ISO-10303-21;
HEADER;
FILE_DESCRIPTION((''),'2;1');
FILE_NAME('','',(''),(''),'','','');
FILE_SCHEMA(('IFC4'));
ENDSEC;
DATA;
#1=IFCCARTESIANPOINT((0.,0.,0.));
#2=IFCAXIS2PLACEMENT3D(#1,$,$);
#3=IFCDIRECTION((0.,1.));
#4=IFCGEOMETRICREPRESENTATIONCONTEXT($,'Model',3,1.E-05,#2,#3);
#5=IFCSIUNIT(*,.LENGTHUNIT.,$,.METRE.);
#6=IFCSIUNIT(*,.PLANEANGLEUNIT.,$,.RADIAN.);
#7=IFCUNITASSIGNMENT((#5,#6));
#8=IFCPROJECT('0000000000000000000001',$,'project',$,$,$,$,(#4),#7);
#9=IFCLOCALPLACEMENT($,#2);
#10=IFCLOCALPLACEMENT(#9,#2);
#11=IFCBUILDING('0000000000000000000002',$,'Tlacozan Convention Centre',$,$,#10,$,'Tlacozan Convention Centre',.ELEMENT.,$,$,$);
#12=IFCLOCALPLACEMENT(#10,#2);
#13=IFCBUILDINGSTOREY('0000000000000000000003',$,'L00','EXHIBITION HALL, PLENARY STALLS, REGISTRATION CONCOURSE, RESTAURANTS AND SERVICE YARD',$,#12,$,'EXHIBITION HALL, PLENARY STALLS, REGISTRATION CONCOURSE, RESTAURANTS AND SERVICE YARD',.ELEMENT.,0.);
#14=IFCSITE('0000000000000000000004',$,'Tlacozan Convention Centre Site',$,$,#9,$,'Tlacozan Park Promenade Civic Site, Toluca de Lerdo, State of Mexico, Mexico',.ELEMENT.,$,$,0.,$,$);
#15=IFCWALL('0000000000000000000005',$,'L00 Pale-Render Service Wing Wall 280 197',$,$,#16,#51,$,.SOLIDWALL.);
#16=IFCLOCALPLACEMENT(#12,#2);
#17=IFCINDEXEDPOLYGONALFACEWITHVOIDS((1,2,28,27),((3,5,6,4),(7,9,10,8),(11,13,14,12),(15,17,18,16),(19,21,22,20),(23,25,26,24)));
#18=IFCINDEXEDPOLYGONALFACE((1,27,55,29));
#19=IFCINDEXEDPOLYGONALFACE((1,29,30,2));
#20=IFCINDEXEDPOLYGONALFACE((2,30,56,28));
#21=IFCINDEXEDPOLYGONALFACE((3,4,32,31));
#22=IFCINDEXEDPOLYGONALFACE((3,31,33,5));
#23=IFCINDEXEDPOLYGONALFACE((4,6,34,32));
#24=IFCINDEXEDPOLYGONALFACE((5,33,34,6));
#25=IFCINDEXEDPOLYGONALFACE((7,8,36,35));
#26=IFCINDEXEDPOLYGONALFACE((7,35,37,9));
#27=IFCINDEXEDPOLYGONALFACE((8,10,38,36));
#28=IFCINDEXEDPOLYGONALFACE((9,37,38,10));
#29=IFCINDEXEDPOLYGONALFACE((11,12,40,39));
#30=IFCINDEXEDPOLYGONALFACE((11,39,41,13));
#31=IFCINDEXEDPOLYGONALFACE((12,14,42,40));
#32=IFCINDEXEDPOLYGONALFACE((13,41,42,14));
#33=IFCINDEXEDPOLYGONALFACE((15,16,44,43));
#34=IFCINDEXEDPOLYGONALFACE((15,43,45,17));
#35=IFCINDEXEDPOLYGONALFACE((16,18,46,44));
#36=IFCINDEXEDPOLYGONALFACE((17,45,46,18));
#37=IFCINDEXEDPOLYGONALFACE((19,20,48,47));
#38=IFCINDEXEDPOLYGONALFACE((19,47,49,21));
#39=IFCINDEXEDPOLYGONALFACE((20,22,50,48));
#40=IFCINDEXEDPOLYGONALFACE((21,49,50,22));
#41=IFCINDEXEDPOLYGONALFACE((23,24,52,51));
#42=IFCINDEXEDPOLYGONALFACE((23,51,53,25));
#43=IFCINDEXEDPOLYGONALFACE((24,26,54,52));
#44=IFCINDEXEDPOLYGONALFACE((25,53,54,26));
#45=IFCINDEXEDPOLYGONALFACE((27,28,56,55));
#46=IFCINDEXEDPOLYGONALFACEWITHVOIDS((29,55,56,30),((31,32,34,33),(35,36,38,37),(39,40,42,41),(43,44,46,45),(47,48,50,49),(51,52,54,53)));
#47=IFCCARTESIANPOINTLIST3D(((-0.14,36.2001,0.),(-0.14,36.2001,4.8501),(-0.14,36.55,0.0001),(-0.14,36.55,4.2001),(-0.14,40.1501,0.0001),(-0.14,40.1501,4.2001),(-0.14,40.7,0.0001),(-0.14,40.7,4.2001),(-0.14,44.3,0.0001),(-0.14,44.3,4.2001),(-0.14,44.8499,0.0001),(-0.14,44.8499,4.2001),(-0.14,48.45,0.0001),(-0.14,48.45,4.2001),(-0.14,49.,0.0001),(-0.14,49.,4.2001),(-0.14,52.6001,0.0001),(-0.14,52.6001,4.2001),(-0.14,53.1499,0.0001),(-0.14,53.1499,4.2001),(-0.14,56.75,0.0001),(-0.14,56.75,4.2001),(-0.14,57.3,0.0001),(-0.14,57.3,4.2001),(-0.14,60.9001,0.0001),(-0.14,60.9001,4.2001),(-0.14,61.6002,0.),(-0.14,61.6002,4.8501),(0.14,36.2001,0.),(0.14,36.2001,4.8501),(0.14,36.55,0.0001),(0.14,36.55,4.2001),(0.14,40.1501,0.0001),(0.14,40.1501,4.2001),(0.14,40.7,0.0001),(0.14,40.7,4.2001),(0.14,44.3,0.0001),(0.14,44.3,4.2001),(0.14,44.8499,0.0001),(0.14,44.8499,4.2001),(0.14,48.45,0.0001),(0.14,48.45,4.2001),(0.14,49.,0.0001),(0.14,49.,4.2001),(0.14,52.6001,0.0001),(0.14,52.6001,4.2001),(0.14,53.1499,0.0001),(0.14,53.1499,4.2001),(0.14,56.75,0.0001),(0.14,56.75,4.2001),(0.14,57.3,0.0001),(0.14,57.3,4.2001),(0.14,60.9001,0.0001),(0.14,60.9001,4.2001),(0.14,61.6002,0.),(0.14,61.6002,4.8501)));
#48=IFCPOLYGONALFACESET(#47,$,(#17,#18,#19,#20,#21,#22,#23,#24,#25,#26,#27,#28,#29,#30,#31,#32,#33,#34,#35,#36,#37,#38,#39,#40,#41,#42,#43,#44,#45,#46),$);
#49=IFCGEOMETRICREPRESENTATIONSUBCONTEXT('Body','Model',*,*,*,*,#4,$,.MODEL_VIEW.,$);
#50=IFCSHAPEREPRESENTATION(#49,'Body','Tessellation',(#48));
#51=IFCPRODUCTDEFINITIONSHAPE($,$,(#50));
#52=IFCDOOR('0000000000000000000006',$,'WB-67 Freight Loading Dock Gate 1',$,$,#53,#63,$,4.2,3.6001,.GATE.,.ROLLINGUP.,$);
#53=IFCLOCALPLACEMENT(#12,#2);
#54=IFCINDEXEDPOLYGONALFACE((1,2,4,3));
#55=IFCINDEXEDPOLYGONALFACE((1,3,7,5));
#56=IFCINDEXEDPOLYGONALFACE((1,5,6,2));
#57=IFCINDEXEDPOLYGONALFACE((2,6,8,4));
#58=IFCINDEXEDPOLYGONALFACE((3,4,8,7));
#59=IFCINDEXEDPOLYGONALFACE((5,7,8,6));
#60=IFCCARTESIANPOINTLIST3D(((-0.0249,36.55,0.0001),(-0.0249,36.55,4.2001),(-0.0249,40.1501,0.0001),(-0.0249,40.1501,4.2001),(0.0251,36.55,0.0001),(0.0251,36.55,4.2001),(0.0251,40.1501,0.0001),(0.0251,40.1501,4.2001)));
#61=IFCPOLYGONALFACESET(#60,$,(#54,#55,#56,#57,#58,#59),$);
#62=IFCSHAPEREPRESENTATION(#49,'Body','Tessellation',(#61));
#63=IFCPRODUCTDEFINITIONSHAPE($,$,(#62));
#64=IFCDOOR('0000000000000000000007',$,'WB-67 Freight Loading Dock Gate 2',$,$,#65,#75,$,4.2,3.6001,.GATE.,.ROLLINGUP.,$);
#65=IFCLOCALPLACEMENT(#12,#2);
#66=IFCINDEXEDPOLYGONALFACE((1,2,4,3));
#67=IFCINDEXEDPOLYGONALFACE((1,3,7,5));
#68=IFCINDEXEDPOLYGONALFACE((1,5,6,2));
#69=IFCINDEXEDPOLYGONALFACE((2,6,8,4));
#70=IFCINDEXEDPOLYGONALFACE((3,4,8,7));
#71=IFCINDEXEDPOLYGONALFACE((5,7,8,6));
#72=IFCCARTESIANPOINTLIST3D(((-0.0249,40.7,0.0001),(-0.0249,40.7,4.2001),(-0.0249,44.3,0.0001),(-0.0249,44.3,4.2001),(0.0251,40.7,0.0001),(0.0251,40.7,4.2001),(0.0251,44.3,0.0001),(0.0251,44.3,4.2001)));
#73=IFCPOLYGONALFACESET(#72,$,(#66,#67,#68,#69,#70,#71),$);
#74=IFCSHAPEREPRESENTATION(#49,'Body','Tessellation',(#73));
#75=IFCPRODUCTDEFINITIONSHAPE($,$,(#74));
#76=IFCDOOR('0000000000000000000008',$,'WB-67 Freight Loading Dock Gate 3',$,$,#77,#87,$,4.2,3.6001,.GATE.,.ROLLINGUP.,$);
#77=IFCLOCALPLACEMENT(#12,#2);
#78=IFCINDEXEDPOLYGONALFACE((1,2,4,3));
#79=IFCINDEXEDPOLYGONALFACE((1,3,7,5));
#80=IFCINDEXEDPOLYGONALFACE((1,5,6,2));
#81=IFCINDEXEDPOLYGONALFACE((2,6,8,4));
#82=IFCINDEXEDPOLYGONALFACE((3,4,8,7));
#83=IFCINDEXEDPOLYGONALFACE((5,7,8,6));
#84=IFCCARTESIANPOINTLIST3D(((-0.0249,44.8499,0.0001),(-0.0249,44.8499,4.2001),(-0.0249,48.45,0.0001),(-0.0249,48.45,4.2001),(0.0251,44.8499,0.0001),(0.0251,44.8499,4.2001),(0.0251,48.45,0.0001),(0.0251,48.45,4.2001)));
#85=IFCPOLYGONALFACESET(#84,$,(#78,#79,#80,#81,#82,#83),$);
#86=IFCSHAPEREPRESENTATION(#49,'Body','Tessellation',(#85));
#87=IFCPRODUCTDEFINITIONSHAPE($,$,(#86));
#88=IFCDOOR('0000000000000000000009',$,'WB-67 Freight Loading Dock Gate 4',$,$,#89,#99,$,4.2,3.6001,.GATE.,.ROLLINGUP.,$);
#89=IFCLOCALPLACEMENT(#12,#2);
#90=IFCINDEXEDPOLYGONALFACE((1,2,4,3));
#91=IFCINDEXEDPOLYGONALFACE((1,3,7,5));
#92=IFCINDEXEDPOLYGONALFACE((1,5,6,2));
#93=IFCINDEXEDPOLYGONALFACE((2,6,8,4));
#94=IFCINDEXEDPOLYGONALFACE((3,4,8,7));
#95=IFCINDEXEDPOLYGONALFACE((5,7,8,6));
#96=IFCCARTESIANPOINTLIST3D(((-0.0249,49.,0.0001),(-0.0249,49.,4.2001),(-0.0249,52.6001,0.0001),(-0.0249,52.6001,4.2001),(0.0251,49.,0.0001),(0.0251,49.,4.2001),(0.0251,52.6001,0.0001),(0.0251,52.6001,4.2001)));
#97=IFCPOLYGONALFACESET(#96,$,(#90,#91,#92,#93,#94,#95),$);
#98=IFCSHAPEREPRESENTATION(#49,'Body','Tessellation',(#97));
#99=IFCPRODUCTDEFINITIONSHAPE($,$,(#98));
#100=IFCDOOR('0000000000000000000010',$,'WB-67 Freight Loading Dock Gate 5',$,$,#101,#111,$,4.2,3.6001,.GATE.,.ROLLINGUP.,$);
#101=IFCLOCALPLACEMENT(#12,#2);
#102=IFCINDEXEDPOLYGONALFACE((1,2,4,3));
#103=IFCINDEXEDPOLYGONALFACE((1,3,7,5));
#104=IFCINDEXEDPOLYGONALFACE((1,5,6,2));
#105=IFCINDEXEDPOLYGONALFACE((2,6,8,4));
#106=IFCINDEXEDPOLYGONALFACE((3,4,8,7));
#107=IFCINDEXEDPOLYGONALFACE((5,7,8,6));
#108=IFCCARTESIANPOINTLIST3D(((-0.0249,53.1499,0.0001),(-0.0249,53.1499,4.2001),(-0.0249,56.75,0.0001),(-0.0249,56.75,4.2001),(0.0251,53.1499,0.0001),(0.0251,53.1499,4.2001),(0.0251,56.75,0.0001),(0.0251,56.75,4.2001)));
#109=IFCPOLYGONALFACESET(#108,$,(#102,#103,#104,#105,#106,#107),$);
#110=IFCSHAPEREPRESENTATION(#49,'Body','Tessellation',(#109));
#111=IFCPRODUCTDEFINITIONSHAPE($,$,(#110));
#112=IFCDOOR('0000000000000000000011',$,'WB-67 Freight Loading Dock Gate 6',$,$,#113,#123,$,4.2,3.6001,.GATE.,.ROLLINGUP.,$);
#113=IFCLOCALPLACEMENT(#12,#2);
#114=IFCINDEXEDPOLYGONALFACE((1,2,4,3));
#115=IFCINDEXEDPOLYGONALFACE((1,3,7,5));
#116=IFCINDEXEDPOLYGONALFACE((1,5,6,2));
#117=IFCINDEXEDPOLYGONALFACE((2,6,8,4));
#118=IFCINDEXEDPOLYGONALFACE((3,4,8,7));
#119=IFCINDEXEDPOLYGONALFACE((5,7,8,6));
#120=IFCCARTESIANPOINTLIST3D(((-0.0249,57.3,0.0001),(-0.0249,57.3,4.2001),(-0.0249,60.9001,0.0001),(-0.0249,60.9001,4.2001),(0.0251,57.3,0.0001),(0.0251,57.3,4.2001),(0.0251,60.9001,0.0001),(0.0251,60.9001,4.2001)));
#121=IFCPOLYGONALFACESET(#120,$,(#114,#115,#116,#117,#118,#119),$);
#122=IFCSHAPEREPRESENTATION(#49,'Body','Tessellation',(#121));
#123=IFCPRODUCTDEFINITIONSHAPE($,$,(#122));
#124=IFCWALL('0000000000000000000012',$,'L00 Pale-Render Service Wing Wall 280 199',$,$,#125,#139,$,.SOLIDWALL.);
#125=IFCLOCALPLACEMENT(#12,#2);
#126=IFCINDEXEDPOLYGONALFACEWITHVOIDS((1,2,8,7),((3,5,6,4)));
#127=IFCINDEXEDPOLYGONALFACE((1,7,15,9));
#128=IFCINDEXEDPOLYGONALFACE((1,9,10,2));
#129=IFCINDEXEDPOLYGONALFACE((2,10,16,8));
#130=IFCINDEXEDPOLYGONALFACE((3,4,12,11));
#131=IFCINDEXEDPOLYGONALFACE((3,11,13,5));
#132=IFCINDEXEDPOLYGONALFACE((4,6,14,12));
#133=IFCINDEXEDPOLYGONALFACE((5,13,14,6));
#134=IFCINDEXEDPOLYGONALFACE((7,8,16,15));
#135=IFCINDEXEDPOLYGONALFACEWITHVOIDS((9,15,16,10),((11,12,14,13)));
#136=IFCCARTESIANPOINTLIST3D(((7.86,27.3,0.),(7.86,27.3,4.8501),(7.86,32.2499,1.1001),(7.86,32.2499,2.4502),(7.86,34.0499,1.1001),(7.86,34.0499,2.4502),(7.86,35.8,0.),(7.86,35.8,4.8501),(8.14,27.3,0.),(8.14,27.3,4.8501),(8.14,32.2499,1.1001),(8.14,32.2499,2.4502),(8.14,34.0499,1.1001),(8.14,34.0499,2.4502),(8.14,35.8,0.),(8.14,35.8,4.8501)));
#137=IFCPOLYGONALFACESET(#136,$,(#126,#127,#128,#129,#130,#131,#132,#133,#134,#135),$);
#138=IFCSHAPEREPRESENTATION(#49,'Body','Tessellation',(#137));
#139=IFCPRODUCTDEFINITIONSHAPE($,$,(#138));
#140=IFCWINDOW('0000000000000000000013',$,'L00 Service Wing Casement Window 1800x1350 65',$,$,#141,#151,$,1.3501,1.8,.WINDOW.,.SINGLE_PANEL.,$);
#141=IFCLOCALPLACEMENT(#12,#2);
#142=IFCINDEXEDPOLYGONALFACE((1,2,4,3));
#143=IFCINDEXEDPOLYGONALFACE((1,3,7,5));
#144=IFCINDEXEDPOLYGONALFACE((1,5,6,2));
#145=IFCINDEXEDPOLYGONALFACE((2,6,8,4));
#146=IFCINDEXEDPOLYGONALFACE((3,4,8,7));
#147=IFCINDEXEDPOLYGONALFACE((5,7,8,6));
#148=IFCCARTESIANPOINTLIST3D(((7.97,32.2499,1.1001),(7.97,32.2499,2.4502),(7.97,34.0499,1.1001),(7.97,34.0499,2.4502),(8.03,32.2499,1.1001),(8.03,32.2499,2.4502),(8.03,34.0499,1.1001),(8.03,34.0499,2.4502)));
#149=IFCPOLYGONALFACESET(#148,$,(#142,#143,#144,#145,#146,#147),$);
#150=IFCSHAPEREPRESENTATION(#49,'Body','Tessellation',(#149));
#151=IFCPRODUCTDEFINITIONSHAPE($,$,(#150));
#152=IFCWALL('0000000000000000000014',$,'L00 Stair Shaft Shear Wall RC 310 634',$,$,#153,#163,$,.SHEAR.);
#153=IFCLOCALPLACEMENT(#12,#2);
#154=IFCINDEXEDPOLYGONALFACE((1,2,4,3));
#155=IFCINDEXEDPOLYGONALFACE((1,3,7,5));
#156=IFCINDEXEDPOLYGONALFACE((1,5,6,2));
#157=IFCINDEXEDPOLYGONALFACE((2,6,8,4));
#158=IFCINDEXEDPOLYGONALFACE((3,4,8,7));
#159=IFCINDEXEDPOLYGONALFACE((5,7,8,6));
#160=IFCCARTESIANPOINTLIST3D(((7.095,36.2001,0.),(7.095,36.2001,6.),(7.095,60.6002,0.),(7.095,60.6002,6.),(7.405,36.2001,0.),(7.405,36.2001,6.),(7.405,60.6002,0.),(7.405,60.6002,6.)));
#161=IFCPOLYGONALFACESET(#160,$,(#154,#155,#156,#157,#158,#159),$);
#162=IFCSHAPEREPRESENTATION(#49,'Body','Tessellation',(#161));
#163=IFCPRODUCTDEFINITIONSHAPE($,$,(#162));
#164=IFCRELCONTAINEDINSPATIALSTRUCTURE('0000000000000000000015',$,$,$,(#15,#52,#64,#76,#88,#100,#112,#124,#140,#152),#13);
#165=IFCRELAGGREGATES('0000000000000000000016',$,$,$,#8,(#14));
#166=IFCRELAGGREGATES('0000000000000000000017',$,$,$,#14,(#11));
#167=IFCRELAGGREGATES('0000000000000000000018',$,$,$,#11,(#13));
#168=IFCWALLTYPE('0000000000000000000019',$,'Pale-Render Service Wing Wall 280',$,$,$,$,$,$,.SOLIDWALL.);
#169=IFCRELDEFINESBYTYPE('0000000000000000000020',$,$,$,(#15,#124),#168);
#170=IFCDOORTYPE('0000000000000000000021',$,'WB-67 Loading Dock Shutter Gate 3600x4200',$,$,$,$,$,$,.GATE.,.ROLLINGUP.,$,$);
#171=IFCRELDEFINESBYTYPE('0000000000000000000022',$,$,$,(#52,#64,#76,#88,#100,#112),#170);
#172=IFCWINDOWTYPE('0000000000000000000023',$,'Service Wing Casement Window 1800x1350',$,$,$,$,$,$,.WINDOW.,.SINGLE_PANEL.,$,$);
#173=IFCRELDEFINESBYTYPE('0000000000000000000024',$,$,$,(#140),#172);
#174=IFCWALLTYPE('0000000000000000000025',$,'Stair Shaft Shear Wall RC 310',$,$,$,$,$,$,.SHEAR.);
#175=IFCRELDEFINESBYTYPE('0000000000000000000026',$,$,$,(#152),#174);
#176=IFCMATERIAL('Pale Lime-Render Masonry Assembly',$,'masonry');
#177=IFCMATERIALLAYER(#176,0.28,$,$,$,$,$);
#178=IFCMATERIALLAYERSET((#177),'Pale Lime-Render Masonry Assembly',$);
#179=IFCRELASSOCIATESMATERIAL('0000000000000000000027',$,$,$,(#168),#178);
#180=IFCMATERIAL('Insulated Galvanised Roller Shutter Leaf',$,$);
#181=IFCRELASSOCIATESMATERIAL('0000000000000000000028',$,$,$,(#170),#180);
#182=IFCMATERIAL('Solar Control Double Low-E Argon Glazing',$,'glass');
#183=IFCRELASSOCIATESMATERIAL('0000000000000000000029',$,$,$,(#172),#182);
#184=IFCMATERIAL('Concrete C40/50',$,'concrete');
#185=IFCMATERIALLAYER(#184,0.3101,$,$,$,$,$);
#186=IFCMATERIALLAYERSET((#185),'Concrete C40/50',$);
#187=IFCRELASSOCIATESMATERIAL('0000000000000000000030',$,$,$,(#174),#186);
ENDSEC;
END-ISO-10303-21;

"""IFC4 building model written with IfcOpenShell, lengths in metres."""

from ifc_helpers import new_model, si_unit, direction, frame, frame_2d, origin, place, context, subcontext, project, spatial, rectangle, extrude, material, layer, layer_set, type_object, element, fill, save


model = new_model("IFC4")

# Units and contexts
model_context = context("Model", 3, precision=1e-05, world=origin(), true_north=direction((0.0, 1.0)))
body_context = subcontext(model_context, "Body", "Model", "MODEL_VIEW")
ifc_project = project(units=[si_unit("LENGTHUNIT", "METRE"), si_unit("PLANEANGLEUNIT", "RADIAN")], contexts=[model_context])

# Site, building, storey
site_placement = place(None, origin())
site = spatial("IfcSite", under=ifc_project, at=site_placement, Name="Tlacozan Convention Centre Site", LongName="Tlacozan Park Promenade Civic Site, Toluca de Lerdo, State of Mexico, Mexico", CompositionType="ELEMENT", RefElevation=0.0)
building_placement = place(site_placement, origin())
building = spatial("IfcBuilding", under=site, at=building_placement, Name="Tlacozan Convention Centre", LongName="Tlacozan Convention Centre", CompositionType="ELEMENT")
storey_placement = place(building_placement, origin())
storey = spatial("IfcBuildingStorey", under=building, at=storey_placement, Name="L00", Description="EXHIBITION HALL, PLENARY STALLS, REGISTRATION CONCOURSE, RESTAURANTS AND SERVICE YARD", LongName="EXHIBITION HALL, PLENARY STALLS, REGISTRATION CONCOURSE, RESTAURANTS AND SERVICE YARD", CompositionType="ELEMENT", Elevation=0.0)

# Shared definitions
ifc_material_1 = material(Name="Pale Lime-Render Masonry Assembly", Category="masonry")
ifc_layer_1 = layer(ifc_material_1, 0.28)
ifc_layer_set_1 = layer_set([ifc_layer_1], Name="Pale Lime-Render Masonry Assembly")
wall_type_1 = type_object("IfcWallType", Name="Pale-Render Service Wing Wall 280", PredefinedType="SOLIDWALL", material=ifc_layer_set_1)
ifc_material_2 = material(Name="Insulated Galvanised Roller Shutter Leaf")

# Wall, openings, doors
wall_1_placement = place(storey_placement, frame((0.0, 36.2, 0.0), z_axis=(0.0, 0.0, 1.0), x_axis=(0.0, 1.0, 0.0)))
wall_1 = element("IfcWall", 1, at=wall_1_placement, inside=storey, type_object=wall_type_1, Name="L00 Pale-Render Service Wing Wall 280 197", PredefinedType="SOLIDWALL", context=body_context, shape_type="SweptSolid", body=[
    extrude(rectangle(XDim=25.4001, YDim=0.28, at=frame_2d((12.7002, 0.0))), origin(), (0.0, 0.0, 1.0), 4.8501),
])
opening_1_placement = place(wall_1_placement, frame((0.3501, 0.0, 0.0)))
opening_1 = element("IfcOpeningElement", 2, at=opening_1_placement, cuts=wall_1, PredefinedType="OPENING", context=body_context, shape_type="SweptSolid", body=[
    extrude(rectangle(XDim=3.6001, YDim=4.2, at=frame_2d((1.8, 2.1001))), frame((0.0, 0.1499, 0.0), z_axis=(0.0, -1.0, 0.0), x_axis=(1.0, 0.0, 0.0)), (0.0, 0.0, 1.0), 0.3),
])
opening_2_placement = place(wall_1_placement, frame((4.5, 0.0, 0.0)))
opening_2 = element("IfcOpeningElement", 3, at=opening_2_placement, cuts=wall_1, PredefinedType="OPENING", context=body_context, shape_type="SweptSolid", body=[
    extrude(rectangle(XDim=3.6001, YDim=4.2, at=frame_2d((1.8, 2.1001))), frame((0.0, 0.1499, 0.0), z_axis=(0.0, -1.0, 0.0), x_axis=(1.0, 0.0, 0.0)), (0.0, 0.0, 1.0), 0.3),
])
opening_3_placement = place(wall_1_placement, frame((8.6499, 0.0, 0.0)))
opening_3 = element("IfcOpeningElement", 4, at=opening_3_placement, cuts=wall_1, PredefinedType="OPENING", context=body_context, shape_type="SweptSolid", body=[
    extrude(rectangle(XDim=3.6001, YDim=4.2, at=frame_2d((1.8, 2.1001))), frame((0.0, 0.1499, 0.0), z_axis=(0.0, -1.0, 0.0), x_axis=(1.0, 0.0, 0.0)), (0.0, 0.0, 1.0), 0.3),
])
opening_4_placement = place(wall_1_placement, frame((12.8, 0.0, 0.0)))
opening_4 = element("IfcOpeningElement", 5, at=opening_4_placement, cuts=wall_1, PredefinedType="OPENING", context=body_context, shape_type="SweptSolid", body=[
    extrude(rectangle(XDim=3.6001, YDim=4.2, at=frame_2d((1.8, 2.1001))), frame((0.0, 0.1499, 0.0), z_axis=(0.0, -1.0, 0.0), x_axis=(1.0, 0.0, 0.0)), (0.0, 0.0, 1.0), 0.3),
])
opening_5_placement = place(wall_1_placement, frame((16.95, 0.0, 0.0)))
opening_5 = element("IfcOpeningElement", 6, at=opening_5_placement, cuts=wall_1, PredefinedType="OPENING", context=body_context, shape_type="SweptSolid", body=[
    extrude(rectangle(XDim=3.6001, YDim=4.2, at=frame_2d((1.8, 2.1001))), frame((0.0, 0.1499, 0.0), z_axis=(0.0, -1.0, 0.0), x_axis=(1.0, 0.0, 0.0)), (0.0, 0.0, 1.0), 0.3),
])
opening_6_placement = place(wall_1_placement, frame((21.1001, 0.0, 0.0)))
opening_6 = element("IfcOpeningElement", 7, at=opening_6_placement, cuts=wall_1, PredefinedType="OPENING", context=body_context, shape_type="SweptSolid", body=[
    extrude(rectangle(XDim=3.6001, YDim=4.2, at=frame_2d((1.8, 2.1001))), frame((0.0, 0.1499, 0.0), z_axis=(0.0, -1.0, 0.0), x_axis=(1.0, 0.0, 0.0)), (0.0, 0.0, 1.0), 0.3),
])
door_type_1 = type_object("IfcDoorType", Name="WB-67 Loading Dock Shutter Gate 3600x4200", OperationType="ROLLINGUP", PredefinedType="GATE", material=ifc_material_2)
door_1_placement = place(opening_1_placement, origin())
door_1 = element("IfcDoor", 8, at=door_1_placement, inside=storey, type_object=door_type_1, Name="WB-67 Freight Loading Dock Gate 1", OperationType="ROLLINGUP", OverallHeight=4.2, OverallWidth=3.6001, PredefinedType="GATE", context=body_context, shape_type="SweptSolid", body=[
    extrude(rectangle(XDim=3.6001, YDim=4.2, at=frame_2d((1.8, 2.1001))), frame((0.0, 0.0249, 0.0), z_axis=(0.0, -1.0, 0.0), x_axis=(1.0, 0.0, 0.0)), (0.0, 0.0, 1.0), 0.05),
])
fill(opening_1, door_1)
door_2_placement = place(opening_2_placement, origin())
door_2 = element("IfcDoor", 9, at=door_2_placement, inside=storey, type_object=door_type_1, Name="WB-67 Freight Loading Dock Gate 2", OperationType="ROLLINGUP", OverallHeight=4.2, OverallWidth=3.6001, PredefinedType="GATE", context=body_context, shape_type="SweptSolid", body=[
    extrude(rectangle(XDim=3.6001, YDim=4.2, at=frame_2d((1.8, 2.1001))), frame((0.0, 0.0249, 0.0), z_axis=(0.0, -1.0, 0.0), x_axis=(1.0, 0.0, 0.0)), (0.0, 0.0, 1.0), 0.05),
])
fill(opening_2, door_2)
door_3_placement = place(opening_3_placement, origin())
door_3 = element("IfcDoor", 10, at=door_3_placement, inside=storey, type_object=door_type_1, Name="WB-67 Freight Loading Dock Gate 3", OperationType="ROLLINGUP", OverallHeight=4.2, OverallWidth=3.6001, PredefinedType="GATE", context=body_context, shape_type="SweptSolid", body=[
    extrude(rectangle(XDim=3.6001, YDim=4.2, at=frame_2d((1.8, 2.1001))), frame((0.0, 0.0249, 0.0), z_axis=(0.0, -1.0, 0.0), x_axis=(1.0, 0.0, 0.0)), (0.0, 0.0, 1.0), 0.05),
])
fill(opening_3, door_3)
door_4_placement = place(opening_4_placement, origin())
door_4 = element("IfcDoor", 11, at=door_4_placement, inside=storey, type_object=door_type_1, Name="WB-67 Freight Loading Dock Gate 4", OperationType="ROLLINGUP", OverallHeight=4.2, OverallWidth=3.6001, PredefinedType="GATE", context=body_context, shape_type="SweptSolid", body=[
    extrude(rectangle(XDim=3.6001, YDim=4.2, at=frame_2d((1.8, 2.1001))), frame((0.0, 0.0249, 0.0), z_axis=(0.0, -1.0, 0.0), x_axis=(1.0, 0.0, 0.0)), (0.0, 0.0, 1.0), 0.05),
])
fill(opening_4, door_4)
door_5_placement = place(opening_5_placement, origin())
door_5 = element("IfcDoor", 12, at=door_5_placement, inside=storey, type_object=door_type_1, Name="WB-67 Freight Loading Dock Gate 5", OperationType="ROLLINGUP", OverallHeight=4.2, OverallWidth=3.6001, PredefinedType="GATE", context=body_context, shape_type="SweptSolid", body=[
    extrude(rectangle(XDim=3.6001, YDim=4.2, at=frame_2d((1.8, 2.1001))), frame((0.0, 0.0249, 0.0), z_axis=(0.0, -1.0, 0.0), x_axis=(1.0, 0.0, 0.0)), (0.0, 0.0, 1.0), 0.05),
])
fill(opening_5, door_5)
door_6_placement = place(opening_6_placement, origin())
door_6 = element("IfcDoor", 13, at=door_6_placement, inside=storey, type_object=door_type_1, Name="WB-67 Freight Loading Dock Gate 6", OperationType="ROLLINGUP", OverallHeight=4.2, OverallWidth=3.6001, PredefinedType="GATE", context=body_context, shape_type="SweptSolid", body=[
    extrude(rectangle(XDim=3.6001, YDim=4.2, at=frame_2d((1.8, 2.1001))), frame((0.0, 0.0249, 0.0), z_axis=(0.0, -1.0, 0.0), x_axis=(1.0, 0.0, 0.0)), (0.0, 0.0, 1.0), 0.05),
])
fill(opening_6, door_6)

# Wall, opening, window
wall_2_placement = place(storey_placement, frame((8.0, 27.3, 0.0), z_axis=(0.0, 0.0, 1.0), x_axis=(0.0, 1.0, 0.0)))
wall_2 = element("IfcWall", 14, at=wall_2_placement, inside=storey, type_object=wall_type_1, Name="L00 Pale-Render Service Wing Wall 280 199", PredefinedType="SOLIDWALL", context=body_context, shape_type="SweptSolid", body=[
    extrude(rectangle(XDim=8.5, YDim=0.28, at=frame_2d((4.25, 0.0))), origin(), (0.0, 0.0, 1.0), 4.8501),
])
opening_7_placement = place(wall_2_placement, frame((4.95, 0.0, 1.1001)))
opening_7 = element("IfcOpeningElement", 15, at=opening_7_placement, cuts=wall_2, PredefinedType="OPENING", context=body_context, shape_type="SweptSolid", body=[
    extrude(rectangle(XDim=1.8, YDim=1.3501, at=frame_2d((0.8999, 0.675))), frame((0.0, 0.1499, 0.0), z_axis=(0.0, -1.0, 0.0), x_axis=(1.0, 0.0, 0.0)), (0.0, 0.0, 1.0), 0.3),
])
ifc_material_3 = material(Name="Solar Control Double Low-E Argon Glazing", Category="glass")
window_type = type_object("IfcWindowType", Name="Service Wing Casement Window 1800x1350", PartitioningType="SINGLE_PANEL", PredefinedType="WINDOW", material=ifc_material_3)
window_placement = place(opening_7_placement, origin())
window = element("IfcWindow", 16, at=window_placement, inside=storey, type_object=window_type, Name="L00 Service Wing Casement Window 1800x1350 65", OverallHeight=1.3501, OverallWidth=1.8, PartitioningType="SINGLE_PANEL", PredefinedType="WINDOW", context=body_context, shape_type="SweptSolid", body=[
    extrude(rectangle(XDim=1.8, YDim=1.3501, at=frame_2d((0.8999, 0.675))), frame((0.0, 0.03, 0.0), z_axis=(0.0, -1.0, 0.0), x_axis=(1.0, 0.0, 0.0)), (0.0, 0.0, 1.0), 0.0601),
])
fill(opening_7, window)

# Wall
ifc_material_4 = material(Name="Concrete C40/50", Category="concrete")
ifc_layer_2 = layer(ifc_material_4, 0.3101)
ifc_layer_set_2 = layer_set([ifc_layer_2], Name="Concrete C40/50")
wall_type_2 = type_object("IfcWallType", Name="Stair Shaft Shear Wall RC 310", PredefinedType="SHEAR", material=ifc_layer_set_2)
for number, where, z_axis, x_axis, name in (
    (17, (7.25, 36.2, 0.0), (0.0, 0.0, 1.0), (0.0, 1.0, 0.0), "L00 Stair Shaft Shear Wall RC 310 634"),
):
    element("IfcWall", number, at=place(storey_placement, frame(where, z_axis=z_axis, x_axis=x_axis)), inside=storey, type_object=wall_type_2, Name=name, PredefinedType="SHEAR", context=body_context, shape_type="SweptSolid", body=[
        extrude(rectangle(XDim=24.4001, YDim=0.3101, at=frame_2d((12.2002, 0.0))), origin(), (0.0, 0.0, 1.0), 6.0),
    ])

save(model, "model.ifc")
